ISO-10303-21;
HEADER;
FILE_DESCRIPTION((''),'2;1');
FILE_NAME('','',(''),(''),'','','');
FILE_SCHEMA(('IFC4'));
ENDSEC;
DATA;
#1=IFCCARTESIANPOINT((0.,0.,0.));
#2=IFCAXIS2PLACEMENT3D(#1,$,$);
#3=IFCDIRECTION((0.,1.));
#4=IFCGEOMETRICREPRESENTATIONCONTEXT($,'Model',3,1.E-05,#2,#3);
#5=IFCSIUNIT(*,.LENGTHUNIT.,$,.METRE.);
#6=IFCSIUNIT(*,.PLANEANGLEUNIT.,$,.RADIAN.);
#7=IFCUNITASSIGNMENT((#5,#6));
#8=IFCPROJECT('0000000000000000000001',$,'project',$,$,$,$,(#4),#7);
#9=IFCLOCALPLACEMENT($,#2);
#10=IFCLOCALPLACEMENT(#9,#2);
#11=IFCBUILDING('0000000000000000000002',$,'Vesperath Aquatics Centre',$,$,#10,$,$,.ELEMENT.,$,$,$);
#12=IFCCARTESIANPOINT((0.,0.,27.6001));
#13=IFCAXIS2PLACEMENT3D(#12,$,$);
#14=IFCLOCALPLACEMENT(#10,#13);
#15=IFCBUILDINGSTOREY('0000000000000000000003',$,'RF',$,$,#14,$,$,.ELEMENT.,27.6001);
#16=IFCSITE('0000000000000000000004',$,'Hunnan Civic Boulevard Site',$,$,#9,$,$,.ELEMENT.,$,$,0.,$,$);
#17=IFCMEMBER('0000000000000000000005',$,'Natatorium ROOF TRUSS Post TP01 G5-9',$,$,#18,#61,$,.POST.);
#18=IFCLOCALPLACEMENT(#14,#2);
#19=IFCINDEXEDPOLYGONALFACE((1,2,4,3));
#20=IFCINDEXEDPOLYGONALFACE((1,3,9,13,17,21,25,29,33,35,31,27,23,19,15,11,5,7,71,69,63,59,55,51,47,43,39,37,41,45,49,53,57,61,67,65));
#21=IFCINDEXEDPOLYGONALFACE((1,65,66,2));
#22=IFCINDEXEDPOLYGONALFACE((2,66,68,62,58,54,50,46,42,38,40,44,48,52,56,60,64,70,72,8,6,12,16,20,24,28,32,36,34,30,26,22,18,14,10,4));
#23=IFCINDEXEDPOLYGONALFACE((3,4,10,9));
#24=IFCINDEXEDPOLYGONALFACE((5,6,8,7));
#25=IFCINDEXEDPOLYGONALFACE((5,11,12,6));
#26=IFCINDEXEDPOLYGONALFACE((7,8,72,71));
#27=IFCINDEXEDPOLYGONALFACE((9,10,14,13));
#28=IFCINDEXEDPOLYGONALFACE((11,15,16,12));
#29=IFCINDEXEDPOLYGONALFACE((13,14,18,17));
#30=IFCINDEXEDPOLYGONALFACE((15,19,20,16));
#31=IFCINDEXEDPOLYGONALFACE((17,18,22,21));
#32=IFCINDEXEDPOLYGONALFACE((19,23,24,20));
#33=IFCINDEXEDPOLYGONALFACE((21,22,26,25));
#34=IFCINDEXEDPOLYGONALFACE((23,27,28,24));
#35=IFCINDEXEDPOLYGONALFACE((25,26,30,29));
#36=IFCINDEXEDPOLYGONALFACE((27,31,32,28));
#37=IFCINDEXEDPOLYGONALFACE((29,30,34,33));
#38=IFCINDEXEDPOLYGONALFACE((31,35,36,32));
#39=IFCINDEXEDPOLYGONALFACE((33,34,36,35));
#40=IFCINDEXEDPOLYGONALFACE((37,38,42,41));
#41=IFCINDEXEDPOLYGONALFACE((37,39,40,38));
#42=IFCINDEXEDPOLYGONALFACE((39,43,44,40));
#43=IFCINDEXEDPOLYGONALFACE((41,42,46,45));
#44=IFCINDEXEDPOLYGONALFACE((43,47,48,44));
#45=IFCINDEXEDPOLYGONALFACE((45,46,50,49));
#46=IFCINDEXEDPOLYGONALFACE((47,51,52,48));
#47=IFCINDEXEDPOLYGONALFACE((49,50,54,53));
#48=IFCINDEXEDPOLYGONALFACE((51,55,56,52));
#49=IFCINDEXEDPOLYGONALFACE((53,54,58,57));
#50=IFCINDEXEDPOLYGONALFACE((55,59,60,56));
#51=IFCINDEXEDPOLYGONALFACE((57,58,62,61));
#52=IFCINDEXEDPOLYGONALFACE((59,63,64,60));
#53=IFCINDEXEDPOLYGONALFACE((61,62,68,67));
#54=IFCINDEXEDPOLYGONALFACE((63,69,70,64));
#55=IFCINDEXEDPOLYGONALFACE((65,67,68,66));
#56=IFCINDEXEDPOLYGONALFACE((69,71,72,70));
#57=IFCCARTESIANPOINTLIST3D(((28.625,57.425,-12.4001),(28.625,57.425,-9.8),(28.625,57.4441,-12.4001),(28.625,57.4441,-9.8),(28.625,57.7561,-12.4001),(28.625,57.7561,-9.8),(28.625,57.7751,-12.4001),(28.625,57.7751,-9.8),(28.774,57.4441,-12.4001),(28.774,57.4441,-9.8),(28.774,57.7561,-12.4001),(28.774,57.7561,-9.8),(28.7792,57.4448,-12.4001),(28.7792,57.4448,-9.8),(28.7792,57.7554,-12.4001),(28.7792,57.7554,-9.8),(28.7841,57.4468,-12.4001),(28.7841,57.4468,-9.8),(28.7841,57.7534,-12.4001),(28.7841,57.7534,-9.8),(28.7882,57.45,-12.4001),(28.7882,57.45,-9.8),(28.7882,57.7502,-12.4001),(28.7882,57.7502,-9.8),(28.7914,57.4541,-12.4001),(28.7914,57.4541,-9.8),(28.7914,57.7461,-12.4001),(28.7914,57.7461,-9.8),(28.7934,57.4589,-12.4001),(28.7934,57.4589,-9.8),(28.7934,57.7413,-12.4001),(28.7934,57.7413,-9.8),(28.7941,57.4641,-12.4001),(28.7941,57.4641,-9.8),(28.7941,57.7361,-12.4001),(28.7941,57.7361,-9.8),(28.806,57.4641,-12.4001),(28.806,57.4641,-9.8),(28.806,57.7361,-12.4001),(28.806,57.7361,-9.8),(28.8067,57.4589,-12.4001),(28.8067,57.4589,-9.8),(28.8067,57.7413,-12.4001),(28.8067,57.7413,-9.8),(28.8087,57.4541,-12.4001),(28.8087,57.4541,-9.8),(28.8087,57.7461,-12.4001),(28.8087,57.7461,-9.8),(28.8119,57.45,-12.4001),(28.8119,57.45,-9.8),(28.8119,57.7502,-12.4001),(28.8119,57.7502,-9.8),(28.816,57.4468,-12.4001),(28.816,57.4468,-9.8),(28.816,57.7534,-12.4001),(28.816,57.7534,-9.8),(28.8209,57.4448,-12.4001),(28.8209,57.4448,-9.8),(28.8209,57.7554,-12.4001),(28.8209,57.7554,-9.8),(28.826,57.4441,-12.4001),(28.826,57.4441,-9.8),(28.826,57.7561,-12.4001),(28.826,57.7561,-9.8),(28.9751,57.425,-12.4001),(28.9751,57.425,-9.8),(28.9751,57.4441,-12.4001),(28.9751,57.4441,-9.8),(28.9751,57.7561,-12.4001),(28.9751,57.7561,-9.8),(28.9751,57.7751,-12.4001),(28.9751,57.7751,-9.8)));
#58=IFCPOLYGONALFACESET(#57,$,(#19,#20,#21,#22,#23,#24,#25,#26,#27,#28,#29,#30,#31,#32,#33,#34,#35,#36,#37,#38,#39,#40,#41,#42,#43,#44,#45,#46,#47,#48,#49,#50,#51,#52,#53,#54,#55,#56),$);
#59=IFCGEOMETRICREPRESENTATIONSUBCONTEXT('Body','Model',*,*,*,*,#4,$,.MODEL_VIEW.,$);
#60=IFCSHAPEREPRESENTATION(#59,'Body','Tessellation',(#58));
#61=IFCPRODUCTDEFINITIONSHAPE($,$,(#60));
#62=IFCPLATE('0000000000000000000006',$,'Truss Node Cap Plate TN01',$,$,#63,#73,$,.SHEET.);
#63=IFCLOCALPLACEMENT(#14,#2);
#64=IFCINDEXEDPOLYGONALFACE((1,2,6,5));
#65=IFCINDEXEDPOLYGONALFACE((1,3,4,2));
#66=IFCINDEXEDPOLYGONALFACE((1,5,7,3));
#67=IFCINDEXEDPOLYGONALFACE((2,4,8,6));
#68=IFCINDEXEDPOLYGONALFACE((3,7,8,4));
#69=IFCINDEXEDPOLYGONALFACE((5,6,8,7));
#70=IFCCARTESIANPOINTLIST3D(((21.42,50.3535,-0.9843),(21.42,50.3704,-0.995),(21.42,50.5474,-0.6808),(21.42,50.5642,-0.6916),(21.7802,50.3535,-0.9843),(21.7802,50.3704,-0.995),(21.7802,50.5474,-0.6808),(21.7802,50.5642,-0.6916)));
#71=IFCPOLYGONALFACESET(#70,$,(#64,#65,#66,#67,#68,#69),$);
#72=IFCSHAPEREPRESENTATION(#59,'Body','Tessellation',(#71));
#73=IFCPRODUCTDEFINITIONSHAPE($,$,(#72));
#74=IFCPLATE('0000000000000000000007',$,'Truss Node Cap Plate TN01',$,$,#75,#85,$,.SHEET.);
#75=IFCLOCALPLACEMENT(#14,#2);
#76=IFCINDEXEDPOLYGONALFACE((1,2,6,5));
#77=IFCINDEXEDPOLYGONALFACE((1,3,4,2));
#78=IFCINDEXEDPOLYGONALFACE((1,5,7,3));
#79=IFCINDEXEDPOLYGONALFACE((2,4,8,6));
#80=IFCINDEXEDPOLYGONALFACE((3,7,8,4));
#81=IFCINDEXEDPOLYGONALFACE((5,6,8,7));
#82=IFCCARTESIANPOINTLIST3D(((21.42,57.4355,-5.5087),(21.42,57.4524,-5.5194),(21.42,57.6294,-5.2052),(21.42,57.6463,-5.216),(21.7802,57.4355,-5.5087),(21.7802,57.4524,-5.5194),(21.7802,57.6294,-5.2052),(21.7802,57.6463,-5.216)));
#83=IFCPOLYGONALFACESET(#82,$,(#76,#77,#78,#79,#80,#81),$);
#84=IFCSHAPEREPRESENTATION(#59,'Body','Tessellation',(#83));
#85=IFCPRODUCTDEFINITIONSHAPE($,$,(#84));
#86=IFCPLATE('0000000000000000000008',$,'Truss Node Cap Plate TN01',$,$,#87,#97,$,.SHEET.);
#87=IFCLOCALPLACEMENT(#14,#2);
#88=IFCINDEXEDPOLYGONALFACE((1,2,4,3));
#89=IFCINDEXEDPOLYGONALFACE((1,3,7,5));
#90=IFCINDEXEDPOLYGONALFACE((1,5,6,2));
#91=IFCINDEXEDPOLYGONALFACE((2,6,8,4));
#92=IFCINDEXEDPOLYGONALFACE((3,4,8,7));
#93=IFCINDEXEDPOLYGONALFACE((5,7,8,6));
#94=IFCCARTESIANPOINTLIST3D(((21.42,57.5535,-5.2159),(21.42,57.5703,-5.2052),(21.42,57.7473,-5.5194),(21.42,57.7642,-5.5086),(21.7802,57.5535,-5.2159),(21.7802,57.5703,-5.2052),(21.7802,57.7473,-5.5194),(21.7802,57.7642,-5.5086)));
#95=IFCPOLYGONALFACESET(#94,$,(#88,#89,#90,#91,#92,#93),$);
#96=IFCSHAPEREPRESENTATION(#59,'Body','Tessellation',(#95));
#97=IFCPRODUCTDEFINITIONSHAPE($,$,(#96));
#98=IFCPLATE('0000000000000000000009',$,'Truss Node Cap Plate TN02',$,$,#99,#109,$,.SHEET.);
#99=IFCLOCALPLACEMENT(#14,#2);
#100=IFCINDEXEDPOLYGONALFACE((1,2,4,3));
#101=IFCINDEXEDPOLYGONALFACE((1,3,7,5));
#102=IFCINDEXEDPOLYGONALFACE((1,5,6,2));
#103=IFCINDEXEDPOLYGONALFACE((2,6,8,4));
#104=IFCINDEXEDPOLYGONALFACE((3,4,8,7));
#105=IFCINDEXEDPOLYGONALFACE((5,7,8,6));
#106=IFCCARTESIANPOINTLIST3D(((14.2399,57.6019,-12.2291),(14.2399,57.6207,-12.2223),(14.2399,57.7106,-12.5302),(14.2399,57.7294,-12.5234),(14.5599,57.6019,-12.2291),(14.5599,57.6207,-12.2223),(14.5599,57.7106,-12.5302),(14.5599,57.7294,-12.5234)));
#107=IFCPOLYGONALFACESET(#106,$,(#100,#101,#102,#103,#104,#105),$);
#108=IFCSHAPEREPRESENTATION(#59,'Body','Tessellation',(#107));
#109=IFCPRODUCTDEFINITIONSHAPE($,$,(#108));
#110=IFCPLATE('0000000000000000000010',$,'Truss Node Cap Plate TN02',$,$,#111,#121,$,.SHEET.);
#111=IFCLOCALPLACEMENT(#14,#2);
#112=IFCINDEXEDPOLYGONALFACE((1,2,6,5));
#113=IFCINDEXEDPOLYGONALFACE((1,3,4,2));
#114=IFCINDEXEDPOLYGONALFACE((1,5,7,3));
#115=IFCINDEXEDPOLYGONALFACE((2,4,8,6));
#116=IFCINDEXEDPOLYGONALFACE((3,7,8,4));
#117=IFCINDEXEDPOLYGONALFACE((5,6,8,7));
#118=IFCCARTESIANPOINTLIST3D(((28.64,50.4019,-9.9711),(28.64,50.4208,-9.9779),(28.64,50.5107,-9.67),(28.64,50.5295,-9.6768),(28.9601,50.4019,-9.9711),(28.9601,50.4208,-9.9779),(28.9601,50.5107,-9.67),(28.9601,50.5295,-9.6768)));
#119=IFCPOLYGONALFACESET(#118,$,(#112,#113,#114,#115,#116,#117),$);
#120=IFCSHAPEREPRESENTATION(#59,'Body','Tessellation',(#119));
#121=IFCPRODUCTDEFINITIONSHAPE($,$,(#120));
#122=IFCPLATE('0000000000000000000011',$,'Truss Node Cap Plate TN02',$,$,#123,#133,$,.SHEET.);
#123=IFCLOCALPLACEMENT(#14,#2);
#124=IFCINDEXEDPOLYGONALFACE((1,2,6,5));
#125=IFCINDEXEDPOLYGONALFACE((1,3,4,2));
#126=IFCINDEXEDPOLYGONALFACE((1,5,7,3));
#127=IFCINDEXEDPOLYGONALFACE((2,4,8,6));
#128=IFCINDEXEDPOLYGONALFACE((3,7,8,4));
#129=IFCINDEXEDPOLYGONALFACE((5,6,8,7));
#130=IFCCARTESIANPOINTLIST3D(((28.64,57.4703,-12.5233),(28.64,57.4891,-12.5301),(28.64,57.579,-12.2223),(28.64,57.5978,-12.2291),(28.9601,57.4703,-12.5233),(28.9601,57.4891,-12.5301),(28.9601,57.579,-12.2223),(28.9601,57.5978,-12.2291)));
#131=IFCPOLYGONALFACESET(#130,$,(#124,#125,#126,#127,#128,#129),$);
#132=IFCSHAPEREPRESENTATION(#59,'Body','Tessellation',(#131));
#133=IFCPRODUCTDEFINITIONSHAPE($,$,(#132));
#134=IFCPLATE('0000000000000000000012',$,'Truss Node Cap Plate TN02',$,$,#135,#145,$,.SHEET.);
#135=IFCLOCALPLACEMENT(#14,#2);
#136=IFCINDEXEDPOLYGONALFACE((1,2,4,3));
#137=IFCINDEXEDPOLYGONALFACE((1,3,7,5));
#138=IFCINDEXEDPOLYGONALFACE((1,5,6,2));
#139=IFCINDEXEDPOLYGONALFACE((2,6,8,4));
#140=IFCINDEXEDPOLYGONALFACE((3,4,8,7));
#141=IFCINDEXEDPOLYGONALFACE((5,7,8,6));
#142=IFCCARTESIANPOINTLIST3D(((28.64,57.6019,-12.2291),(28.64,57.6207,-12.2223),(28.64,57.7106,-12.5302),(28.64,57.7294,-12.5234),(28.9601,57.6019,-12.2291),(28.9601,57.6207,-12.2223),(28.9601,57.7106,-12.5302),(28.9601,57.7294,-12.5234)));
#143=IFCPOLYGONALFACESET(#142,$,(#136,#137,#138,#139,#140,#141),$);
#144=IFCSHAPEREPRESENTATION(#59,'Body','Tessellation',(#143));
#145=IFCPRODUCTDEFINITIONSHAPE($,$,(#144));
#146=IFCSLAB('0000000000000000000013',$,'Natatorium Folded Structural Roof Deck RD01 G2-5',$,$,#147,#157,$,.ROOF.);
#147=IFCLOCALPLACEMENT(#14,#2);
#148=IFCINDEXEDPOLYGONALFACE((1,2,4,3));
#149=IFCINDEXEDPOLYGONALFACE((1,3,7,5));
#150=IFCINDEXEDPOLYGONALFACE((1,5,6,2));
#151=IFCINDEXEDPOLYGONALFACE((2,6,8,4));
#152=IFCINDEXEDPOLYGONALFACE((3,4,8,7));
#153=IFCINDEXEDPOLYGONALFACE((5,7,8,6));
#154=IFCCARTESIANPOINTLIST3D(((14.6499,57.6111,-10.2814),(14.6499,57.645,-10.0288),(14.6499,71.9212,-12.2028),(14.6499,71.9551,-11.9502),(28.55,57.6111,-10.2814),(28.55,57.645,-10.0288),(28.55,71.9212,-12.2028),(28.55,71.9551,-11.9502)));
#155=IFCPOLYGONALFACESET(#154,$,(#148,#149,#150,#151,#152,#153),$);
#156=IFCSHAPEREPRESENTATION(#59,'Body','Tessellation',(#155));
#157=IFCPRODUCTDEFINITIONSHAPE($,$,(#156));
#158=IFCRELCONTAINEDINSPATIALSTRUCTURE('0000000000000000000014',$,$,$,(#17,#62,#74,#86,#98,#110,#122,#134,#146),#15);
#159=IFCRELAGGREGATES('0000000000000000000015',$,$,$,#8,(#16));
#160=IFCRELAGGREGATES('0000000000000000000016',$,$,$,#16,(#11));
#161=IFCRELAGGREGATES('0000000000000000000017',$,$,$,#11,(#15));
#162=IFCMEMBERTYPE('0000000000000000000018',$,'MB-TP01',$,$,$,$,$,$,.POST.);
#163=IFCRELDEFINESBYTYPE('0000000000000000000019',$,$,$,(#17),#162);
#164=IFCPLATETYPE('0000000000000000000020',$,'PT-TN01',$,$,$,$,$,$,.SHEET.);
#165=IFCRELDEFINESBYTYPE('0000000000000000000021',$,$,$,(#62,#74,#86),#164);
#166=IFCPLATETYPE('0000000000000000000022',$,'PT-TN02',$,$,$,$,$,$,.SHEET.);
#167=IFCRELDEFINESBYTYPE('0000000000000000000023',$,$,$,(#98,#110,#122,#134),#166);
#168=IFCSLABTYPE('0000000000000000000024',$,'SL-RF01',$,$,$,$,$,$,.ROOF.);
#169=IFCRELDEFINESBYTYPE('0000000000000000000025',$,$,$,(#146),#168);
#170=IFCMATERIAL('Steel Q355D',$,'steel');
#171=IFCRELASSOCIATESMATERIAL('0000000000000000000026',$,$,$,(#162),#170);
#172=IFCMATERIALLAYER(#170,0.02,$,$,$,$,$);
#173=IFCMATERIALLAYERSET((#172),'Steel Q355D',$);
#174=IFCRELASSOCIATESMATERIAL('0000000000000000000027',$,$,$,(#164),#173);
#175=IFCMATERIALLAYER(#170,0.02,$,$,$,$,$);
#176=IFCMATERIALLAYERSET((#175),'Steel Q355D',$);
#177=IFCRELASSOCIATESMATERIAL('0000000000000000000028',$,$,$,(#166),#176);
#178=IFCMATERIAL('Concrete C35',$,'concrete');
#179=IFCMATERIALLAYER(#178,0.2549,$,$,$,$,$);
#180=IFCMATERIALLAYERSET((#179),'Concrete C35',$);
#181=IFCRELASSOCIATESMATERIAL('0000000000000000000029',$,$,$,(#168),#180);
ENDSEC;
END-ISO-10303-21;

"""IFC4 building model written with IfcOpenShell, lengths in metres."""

from ifc_helpers import new_model, si_unit, direction, frame, origin, origin_2d, place, context, subcontext, project, spatial, polyline, rectangle, i_section, outline, extrude, material, layer, layer_set, material_profile, profile_set, type_object, element, save


model = new_model("IFC4")

# Units and contexts
model_context = context("Model", 3, precision=1e-05, world=origin(), true_north=direction((0.0, 1.0)))
body_context = subcontext(model_context, "Body", "Model", "MODEL_VIEW")
ifc_project = project(units=[si_unit("LENGTHUNIT", "METRE"), si_unit("PLANEANGLEUNIT", "RADIAN")], contexts=[model_context])

# Site, building, storey
site_placement = place(None, origin())
site = spatial("IfcSite", under=ifc_project, at=site_placement, Name="Hunnan Civic Boulevard Site", CompositionType="ELEMENT", RefElevation=0.0)
building_placement = place(site_placement, origin())
building = spatial("IfcBuilding", under=site, at=building_placement, Name="Vesperath Aquatics Centre", CompositionType="ELEMENT")
storey_placement = place(building_placement, frame((0.0, 0.0, 27.6001)))
storey = spatial("IfcBuildingStorey", under=building, at=storey_placement, Name="RF", CompositionType="ELEMENT", Elevation=27.6001)

# Member
ifc_material_1 = material(Name="Steel Q355D", Category="steel")
ifc_material_profile_1 = material_profile(ifc_material_1, i_section(OverallWidth=0.3501, OverallDepth=0.3501, WebThickness=0.012, FlangeThickness=0.019, FilletRadius=0.02, at=origin_2d()), Name="HW 350x350x12x19")
ifc_profile_set_1 = profile_set([ifc_material_profile_1], Name="Steel Q355D")
member_type_1 = type_object("IfcMemberType", Name="MB-TP01", PredefinedType="POST", material=ifc_profile_set_1)
member_1_placement = place(storey_placement, frame((28.8, 57.6001, -12.4001), z_axis=(0.0, 0.0, 1.0), x_axis=(1.0, 0.0, 0.0)))
element("IfcMember", 1, at=member_1_placement, inside=storey, type_object=member_type_1, Name="Natatorium ROOF TRUSS Post TP01 G5-9", PredefinedType="POST", context=body_context, shape_type="SweptSolid", body=[
    extrude(i_section(OverallWidth=0.3501, OverallDepth=0.3501, WebThickness=0.012, FlangeThickness=0.019, FilletRadius=0.02, at=origin_2d()), origin(), (0.0, 0.0, 1.0), 2.6001),
])

# Plates
ifc_layer_1 = layer(ifc_material_1, 0.02)
ifc_layer_set_1 = layer_set([ifc_layer_1], Name="Steel Q355D")
plate_type_1 = type_object("IfcPlateType", Name="PT-TN01", PredefinedType="SHEET", material=ifc_layer_set_1)
for number, where, z_axis, x_axis, name in (
    (2, (21.6001, 50.4504, -0.8325), (0.0, 0.842696, -0.538389), (-1.0, 0.0, 0.0), "Truss Node Cap Plate TN01"),
    (3, (21.6001, 57.5325, -5.3569), (0.0, 0.842696, -0.538389), (-1.0, 0.0, 0.0), "Truss Node Cap Plate TN01"),
    (4, (21.6001, 57.6504, -5.3677), (0.0, 0.842696, 0.538389), (-1.0, 0.0, 0.0), "Truss Node Cap Plate TN01"),
):
    element("IfcPlate", number, at=place(storey_placement, frame(where, z_axis=z_axis, x_axis=x_axis)), inside=storey, type_object=plate_type_1, Name=name, PredefinedType="SHEET", context=body_context, shape_type="SweptSolid", body=[
        extrude(rectangle(XDim=0.3601, YDim=0.3601, at=origin_2d()), origin(), (0.0, 0.0, 1.0), 0.02),
    ])
ifc_layer_2 = layer(ifc_material_1, 0.02)
ifc_layer_set_2 = layer_set([ifc_layer_2], Name="Steel Q355D")
plate_type_2 = type_object("IfcPlateType", Name="PT-TN02", PredefinedType="SHEET", material=ifc_layer_set_2)
for number, where, z_axis, x_axis, name in (
    (5, (14.3999, 57.6562, -12.3796), (0.0, 0.940554, 0.339644), (-1.0, 0.0, 0.0), "Truss Node Cap Plate TN02"),
    (6, (28.8, 50.4563, -9.8206), (0.0, 0.940554, -0.339644), (-1.0, 0.0, 0.0), "Truss Node Cap Plate TN02"),
    (7, (28.8, 57.5247, -12.3728), (0.0, 0.940554, -0.339644), (-1.0, 0.0, 0.0), "Truss Node Cap Plate TN02"),
    (8, (28.8, 57.6562, -12.3796), (0.0, 0.940554, 0.339644), (-1.0, 0.0, 0.0), "Truss Node Cap Plate TN02"),
):
    element("IfcPlate", number, at=place(storey_placement, frame(where, z_axis=z_axis, x_axis=x_axis)), inside=storey, type_object=plate_type_2, Name=name, PredefinedType="SHEET", context=body_context, shape_type="SweptSolid", body=[
        extrude(rectangle(XDim=0.3201, YDim=0.3201, at=origin_2d()), origin(), (0.0, 0.0, 1.0), 0.02),
    ])

# Slab
ifc_material_2 = material(Name="Concrete C35", Category="concrete")
ifc_layer_3 = layer(ifc_material_2, 0.2549)
ifc_layer_set_3 = layer_set([ifc_layer_3], Name="Concrete C35")
slab_type = type_object("IfcSlabType", Name="SL-RF01", PredefinedType="ROOF", material=ifc_layer_set_3)
slab_placement = place(storey_placement, frame((14.6499, 57.645, -10.0288), z_axis=(0.0, 0.133074, 0.991106), x_axis=(1.0, 0.0, 0.0)))
element("IfcSlab", 9, at=slab_placement, inside=storey, type_object=slab_type, Name="Natatorium Folded Structural Roof Deck RD01 G2-5", PredefinedType="ROOF", context=body_context, shape_type="SweptSolid", body=[
    extrude(outline(polyline([(0.0, 0.0), (13.9001, 0.0), (13.9001, 14.4385), (0.0, 14.4385), (0.0, 0.0)])), origin(), (0.0, 0.0, -1.0), 0.2549),
])

save(model, "model.ifc")
